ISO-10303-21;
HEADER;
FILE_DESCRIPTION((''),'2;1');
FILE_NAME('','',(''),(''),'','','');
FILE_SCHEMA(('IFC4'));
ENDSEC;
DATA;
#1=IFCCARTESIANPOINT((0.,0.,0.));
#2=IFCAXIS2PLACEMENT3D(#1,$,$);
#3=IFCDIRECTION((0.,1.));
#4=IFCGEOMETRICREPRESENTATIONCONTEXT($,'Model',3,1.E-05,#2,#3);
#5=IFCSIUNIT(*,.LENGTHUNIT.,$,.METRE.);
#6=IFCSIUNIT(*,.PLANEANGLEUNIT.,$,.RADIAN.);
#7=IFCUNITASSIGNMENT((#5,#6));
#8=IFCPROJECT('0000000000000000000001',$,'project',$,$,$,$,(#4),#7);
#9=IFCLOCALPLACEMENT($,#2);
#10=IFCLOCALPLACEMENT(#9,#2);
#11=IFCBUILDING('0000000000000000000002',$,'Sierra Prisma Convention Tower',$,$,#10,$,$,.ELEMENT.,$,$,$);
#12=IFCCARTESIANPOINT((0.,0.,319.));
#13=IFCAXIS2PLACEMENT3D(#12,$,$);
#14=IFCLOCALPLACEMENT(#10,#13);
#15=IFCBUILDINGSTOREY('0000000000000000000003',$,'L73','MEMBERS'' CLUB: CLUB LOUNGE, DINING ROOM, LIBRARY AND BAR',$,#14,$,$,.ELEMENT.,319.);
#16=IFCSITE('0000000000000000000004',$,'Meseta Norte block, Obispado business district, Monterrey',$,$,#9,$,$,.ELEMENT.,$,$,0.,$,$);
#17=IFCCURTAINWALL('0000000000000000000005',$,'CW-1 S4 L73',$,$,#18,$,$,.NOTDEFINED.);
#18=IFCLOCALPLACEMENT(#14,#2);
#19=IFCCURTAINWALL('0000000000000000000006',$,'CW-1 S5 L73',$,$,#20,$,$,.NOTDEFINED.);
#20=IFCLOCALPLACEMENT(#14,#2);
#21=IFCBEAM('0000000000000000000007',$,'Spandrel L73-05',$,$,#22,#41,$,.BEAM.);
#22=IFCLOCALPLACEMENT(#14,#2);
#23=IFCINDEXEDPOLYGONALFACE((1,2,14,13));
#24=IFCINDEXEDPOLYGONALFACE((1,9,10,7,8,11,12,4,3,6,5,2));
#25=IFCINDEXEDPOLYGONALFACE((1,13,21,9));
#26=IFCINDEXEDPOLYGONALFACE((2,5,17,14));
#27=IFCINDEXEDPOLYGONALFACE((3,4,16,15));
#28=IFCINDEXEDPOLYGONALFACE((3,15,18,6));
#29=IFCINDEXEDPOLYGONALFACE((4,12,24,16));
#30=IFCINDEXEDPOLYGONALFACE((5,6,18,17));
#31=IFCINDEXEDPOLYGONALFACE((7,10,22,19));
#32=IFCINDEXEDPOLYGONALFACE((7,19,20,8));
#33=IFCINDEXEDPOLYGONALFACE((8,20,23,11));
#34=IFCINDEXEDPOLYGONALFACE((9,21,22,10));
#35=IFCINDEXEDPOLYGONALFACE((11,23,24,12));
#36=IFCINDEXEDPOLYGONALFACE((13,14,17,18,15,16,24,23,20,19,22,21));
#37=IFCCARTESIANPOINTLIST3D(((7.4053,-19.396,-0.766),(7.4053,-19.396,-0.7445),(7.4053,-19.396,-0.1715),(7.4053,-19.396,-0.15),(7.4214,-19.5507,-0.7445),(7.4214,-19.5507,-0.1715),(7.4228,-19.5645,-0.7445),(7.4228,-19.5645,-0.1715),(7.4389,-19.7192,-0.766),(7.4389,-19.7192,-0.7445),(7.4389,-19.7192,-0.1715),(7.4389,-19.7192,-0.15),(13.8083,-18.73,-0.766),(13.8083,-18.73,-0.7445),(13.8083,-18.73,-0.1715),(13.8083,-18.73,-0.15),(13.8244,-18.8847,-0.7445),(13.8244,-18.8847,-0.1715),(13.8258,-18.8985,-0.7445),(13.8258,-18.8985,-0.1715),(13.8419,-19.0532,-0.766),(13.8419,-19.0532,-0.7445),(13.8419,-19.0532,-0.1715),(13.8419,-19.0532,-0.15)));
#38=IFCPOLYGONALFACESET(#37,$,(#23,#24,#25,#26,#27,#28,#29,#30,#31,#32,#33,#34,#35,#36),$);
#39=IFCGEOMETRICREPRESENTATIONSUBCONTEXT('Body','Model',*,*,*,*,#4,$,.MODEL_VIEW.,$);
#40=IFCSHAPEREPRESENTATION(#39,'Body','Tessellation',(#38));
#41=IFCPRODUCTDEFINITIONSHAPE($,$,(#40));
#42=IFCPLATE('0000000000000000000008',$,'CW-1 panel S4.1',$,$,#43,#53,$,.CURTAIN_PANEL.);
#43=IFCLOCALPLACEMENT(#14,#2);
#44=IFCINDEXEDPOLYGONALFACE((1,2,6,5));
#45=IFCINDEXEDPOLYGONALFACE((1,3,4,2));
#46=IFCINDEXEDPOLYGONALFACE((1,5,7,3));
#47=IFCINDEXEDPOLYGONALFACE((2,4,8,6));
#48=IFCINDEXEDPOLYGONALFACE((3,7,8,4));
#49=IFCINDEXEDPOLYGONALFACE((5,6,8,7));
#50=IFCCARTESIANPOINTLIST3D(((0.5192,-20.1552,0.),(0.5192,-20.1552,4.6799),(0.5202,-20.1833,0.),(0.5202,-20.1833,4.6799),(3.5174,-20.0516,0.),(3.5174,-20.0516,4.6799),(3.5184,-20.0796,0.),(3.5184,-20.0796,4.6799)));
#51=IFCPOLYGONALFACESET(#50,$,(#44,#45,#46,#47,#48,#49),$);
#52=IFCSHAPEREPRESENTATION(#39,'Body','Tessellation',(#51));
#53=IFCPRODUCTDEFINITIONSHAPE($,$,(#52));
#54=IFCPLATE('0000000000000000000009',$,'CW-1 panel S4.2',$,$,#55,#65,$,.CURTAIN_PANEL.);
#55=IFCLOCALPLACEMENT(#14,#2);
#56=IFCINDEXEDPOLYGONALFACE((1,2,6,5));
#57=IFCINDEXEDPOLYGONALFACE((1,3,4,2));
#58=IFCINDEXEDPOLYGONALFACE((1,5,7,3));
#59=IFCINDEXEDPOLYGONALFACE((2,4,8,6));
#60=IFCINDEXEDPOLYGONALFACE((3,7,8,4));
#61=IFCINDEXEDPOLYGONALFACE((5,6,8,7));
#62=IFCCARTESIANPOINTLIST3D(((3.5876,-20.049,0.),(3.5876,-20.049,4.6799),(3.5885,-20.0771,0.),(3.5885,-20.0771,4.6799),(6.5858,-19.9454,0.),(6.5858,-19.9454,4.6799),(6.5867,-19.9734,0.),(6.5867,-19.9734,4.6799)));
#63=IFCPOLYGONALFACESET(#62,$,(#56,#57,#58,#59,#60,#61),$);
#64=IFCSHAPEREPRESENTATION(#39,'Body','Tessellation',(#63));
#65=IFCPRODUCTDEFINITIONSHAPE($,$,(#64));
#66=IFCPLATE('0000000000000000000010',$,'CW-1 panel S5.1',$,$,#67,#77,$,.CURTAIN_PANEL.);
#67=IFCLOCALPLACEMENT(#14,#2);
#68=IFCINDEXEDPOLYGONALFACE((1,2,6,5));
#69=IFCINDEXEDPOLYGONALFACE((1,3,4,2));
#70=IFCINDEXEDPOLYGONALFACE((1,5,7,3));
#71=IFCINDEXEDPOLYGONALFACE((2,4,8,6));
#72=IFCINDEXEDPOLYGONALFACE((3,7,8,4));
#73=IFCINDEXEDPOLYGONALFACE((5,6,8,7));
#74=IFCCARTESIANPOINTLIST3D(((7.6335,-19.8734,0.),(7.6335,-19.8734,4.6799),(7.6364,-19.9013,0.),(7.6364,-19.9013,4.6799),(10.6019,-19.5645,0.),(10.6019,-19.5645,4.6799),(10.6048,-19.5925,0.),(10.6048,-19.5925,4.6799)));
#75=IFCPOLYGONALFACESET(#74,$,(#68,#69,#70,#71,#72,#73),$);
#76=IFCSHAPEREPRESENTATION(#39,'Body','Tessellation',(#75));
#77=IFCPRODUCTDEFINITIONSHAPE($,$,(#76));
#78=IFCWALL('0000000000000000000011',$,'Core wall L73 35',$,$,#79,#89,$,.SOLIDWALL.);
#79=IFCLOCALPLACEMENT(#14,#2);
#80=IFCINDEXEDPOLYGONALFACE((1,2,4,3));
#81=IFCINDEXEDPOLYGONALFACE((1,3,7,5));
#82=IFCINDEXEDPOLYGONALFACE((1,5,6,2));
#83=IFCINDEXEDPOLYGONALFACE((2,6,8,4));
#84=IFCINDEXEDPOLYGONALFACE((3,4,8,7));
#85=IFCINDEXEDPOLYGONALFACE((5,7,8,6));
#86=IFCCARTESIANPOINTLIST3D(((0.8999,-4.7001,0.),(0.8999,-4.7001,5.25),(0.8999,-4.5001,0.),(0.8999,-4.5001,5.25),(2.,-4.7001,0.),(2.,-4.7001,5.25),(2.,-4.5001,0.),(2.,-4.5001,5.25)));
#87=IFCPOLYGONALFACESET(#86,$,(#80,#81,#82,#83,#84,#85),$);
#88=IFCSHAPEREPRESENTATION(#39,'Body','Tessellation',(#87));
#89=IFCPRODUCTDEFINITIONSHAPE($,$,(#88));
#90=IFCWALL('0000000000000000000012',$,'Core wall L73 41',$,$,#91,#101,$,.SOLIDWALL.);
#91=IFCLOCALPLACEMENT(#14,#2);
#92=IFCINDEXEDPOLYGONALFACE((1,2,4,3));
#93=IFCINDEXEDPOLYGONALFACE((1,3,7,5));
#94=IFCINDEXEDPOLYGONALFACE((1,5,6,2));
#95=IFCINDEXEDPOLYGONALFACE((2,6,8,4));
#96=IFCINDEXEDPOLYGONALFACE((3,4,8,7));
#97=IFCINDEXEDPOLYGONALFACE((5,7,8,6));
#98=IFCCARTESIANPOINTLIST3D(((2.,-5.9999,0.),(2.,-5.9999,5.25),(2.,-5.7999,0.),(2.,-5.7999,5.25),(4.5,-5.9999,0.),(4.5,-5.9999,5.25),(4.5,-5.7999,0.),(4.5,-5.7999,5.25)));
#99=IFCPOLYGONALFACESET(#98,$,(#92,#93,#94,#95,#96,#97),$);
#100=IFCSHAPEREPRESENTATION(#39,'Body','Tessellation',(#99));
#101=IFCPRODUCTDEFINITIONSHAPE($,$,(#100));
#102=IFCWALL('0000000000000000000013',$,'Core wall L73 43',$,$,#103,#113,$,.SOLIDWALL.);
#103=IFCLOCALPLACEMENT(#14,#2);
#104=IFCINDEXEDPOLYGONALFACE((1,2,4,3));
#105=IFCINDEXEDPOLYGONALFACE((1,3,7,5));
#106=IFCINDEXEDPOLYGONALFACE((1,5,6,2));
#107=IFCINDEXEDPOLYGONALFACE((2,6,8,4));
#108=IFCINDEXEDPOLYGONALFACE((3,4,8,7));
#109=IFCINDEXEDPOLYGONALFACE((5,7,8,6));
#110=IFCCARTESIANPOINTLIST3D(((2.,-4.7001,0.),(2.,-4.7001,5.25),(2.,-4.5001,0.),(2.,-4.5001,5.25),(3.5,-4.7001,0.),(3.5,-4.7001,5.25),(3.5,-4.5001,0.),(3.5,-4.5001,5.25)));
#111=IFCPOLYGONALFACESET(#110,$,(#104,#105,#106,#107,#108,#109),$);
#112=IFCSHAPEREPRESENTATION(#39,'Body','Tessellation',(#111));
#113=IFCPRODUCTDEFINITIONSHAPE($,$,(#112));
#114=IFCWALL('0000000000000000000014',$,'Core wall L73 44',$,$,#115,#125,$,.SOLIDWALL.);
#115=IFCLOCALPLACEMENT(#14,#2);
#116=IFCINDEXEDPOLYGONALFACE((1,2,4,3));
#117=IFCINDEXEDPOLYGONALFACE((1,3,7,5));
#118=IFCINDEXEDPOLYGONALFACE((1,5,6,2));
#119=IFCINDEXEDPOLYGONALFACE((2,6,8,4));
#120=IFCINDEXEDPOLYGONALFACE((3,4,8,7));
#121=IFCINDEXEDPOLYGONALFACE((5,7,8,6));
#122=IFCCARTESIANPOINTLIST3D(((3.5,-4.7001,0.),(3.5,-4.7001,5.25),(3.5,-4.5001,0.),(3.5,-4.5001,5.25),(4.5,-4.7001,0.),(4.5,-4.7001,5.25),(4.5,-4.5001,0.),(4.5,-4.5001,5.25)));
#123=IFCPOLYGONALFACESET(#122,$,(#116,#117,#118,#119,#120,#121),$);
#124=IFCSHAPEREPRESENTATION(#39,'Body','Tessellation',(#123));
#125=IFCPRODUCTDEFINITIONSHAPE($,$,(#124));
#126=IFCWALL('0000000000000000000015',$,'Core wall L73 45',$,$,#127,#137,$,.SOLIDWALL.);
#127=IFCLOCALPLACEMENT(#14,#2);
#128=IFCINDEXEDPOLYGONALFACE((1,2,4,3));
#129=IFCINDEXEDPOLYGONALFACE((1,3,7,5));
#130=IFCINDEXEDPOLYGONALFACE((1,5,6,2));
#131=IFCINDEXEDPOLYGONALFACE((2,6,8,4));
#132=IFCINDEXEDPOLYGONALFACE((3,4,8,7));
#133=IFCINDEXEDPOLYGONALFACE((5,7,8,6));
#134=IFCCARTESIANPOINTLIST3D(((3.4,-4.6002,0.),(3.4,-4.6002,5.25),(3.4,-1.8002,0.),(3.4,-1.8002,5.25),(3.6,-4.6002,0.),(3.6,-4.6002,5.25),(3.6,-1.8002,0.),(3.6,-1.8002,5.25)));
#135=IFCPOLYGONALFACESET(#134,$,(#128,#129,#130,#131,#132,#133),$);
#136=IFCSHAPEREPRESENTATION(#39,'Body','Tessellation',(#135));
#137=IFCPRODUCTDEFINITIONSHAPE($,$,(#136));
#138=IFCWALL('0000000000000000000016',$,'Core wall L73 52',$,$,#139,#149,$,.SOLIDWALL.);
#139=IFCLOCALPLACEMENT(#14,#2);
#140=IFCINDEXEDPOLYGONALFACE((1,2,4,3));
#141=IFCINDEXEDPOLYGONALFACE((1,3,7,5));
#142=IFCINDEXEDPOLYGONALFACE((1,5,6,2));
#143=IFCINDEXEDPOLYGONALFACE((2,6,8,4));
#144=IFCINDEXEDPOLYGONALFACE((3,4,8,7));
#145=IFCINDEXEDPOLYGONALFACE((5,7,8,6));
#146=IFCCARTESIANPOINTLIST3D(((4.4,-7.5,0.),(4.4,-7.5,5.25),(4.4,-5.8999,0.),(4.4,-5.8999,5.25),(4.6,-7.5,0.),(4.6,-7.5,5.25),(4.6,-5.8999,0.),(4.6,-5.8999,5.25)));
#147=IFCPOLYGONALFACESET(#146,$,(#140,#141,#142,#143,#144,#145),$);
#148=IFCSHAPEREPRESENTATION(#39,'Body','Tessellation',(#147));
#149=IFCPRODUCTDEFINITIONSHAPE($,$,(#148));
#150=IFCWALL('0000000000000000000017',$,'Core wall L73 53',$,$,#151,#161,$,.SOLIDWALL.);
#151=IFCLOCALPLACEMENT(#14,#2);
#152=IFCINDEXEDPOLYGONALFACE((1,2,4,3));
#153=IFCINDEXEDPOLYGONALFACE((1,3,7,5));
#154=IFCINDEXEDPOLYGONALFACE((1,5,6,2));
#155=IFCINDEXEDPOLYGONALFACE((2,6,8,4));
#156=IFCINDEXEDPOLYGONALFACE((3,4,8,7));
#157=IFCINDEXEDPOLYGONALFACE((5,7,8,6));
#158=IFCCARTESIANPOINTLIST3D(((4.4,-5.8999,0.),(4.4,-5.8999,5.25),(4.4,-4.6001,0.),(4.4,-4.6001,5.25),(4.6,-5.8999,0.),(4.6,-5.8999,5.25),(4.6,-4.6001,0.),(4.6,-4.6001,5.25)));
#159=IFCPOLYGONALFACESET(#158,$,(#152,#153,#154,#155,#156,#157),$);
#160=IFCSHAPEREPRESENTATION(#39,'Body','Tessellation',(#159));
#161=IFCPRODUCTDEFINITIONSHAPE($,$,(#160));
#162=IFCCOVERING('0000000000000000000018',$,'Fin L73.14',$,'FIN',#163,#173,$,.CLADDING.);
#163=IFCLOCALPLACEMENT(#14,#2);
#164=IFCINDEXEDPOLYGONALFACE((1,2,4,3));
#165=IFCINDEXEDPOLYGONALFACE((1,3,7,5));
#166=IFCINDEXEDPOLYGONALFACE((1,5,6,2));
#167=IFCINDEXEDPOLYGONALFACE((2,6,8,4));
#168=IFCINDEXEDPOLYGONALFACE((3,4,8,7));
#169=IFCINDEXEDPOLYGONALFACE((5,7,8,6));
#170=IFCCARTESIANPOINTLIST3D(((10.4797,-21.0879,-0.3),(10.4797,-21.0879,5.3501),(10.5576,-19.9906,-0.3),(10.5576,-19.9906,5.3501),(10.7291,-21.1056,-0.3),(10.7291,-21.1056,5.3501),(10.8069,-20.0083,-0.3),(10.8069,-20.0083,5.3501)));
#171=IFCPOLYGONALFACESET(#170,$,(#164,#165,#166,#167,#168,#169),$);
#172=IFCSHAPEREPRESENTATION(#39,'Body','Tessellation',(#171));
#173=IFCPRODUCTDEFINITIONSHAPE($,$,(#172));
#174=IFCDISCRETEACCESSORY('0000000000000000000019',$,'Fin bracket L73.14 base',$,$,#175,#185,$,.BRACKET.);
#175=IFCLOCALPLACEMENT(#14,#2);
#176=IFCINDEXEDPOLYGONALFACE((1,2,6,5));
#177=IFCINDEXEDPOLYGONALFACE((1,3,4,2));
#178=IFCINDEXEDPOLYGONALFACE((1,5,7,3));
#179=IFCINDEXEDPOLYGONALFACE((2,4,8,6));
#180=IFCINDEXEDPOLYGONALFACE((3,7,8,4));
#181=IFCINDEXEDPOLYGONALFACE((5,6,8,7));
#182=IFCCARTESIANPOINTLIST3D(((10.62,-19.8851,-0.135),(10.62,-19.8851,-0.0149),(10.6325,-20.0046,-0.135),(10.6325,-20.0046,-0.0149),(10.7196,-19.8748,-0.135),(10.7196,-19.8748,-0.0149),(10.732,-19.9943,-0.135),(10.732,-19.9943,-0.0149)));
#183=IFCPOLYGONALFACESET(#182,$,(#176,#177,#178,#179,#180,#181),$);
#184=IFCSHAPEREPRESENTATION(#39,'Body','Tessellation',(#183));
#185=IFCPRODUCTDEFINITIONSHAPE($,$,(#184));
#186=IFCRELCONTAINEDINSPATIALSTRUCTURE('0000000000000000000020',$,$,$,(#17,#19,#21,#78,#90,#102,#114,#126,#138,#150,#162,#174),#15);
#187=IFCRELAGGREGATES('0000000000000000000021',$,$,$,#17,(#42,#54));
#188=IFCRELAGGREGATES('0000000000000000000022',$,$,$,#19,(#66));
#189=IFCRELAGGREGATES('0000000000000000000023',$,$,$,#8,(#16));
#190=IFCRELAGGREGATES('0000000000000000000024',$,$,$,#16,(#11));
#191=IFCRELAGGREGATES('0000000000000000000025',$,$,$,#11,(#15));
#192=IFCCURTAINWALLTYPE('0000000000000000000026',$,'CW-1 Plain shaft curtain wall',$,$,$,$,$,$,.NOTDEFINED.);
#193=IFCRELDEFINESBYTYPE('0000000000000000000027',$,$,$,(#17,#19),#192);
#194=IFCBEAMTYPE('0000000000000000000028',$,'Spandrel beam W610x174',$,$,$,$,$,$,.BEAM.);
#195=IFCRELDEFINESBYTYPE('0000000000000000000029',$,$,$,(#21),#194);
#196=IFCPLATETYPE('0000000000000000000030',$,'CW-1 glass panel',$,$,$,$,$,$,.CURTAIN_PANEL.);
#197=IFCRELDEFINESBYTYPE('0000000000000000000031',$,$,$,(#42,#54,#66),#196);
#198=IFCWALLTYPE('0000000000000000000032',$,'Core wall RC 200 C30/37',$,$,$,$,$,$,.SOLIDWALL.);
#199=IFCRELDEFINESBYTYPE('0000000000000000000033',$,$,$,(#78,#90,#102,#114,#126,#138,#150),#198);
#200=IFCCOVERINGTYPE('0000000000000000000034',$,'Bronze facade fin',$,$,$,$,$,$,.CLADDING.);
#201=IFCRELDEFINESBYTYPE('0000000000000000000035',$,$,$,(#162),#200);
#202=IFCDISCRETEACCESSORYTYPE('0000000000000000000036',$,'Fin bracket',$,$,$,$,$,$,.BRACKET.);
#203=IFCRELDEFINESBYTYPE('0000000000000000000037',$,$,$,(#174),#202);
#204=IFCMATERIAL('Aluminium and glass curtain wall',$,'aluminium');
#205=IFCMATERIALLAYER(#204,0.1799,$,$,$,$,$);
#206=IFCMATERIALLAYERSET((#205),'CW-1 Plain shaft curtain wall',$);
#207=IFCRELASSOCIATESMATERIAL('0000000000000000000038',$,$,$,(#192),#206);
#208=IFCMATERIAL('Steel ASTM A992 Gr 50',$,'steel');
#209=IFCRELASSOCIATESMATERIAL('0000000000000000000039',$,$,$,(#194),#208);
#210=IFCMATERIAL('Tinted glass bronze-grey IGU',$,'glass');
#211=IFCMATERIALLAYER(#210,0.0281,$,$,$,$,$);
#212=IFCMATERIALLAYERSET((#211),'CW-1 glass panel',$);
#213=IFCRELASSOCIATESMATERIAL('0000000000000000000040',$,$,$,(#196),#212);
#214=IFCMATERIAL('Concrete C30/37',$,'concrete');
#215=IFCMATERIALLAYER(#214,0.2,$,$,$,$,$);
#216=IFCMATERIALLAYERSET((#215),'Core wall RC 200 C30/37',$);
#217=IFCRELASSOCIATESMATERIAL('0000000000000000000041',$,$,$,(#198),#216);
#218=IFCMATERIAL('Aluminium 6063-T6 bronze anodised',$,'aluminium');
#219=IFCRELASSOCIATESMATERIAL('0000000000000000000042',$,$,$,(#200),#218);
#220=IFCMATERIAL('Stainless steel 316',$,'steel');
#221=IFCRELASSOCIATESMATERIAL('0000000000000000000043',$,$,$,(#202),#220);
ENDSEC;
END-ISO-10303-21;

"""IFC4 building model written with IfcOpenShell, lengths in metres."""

from ifc_helpers import new_model, si_unit, direction, frame, frame_2d, origin, origin_2d, place, context, subcontext, project, spatial, rectangle, i_section, extrude, material, layer, layer_set, material_profile, profile_set, type_object, element, aggregate, save


model = new_model("IFC4")

# Units and contexts
model_context = context("Model", 3, precision=1e-05, world=origin(), true_north=direction((0.0, 1.0)))
body_context = subcontext(model_context, "Body", "Model", "MODEL_VIEW")
ifc_project = project(units=[si_unit("LENGTHUNIT", "METRE"), si_unit("PLANEANGLEUNIT", "RADIAN")], contexts=[model_context])

# Site, building, storey
site_placement = place(None, origin())
site = spatial("IfcSite", under=ifc_project, at=site_placement, Name="Meseta Norte block, Obispado business district, Monterrey", CompositionType="ELEMENT", RefElevation=0.0)
building_placement = place(site_placement, origin())
building = spatial("IfcBuilding", under=site, at=building_placement, Name="Sierra Prisma Convention Tower", CompositionType="ELEMENT")
storey_placement = place(building_placement, frame((0.0, 0.0, 319.0)))
storey = spatial("IfcBuildingStorey", under=building, at=storey_placement, Name="L73", Description="MEMBERS' CLUB: CLUB LOUNGE, DINING ROOM, LIBRARY AND BAR", CompositionType="ELEMENT", Elevation=319.0)

# Curtain wall
ifc_material_1 = material(Name="Aluminium and glass curtain wall", Category="aluminium")
ifc_layer_1 = layer(ifc_material_1, 0.1799)
ifc_layer_set_1 = layer_set([ifc_layer_1], Name="CW-1 Plain shaft curtain wall")
curtain_wall_type = type_object("IfcCurtainWallType", Name="CW-1 Plain shaft curtain wall", PredefinedType="NOTDEFINED", material=ifc_layer_set_1)
curtain_wall_1_placement = place(storey_placement, origin())
curtain_wall_1 = element("IfcCurtainWall", 1, at=curtain_wall_1_placement, inside=storey, type_object=curtain_wall_type, Name="CW-1 S4 L73", PredefinedType="NOTDEFINED")

# Curtain wall
curtain_wall_2_placement = place(storey_placement, origin())
curtain_wall_2 = element("IfcCurtainWall", 2, at=curtain_wall_2_placement, inside=storey, type_object=curtain_wall_type, Name="CW-1 S5 L73", PredefinedType="NOTDEFINED")

# Beam
ifc_material_2 = material(Name="Steel ASTM A992 Gr 50", Category="steel")
ifc_material_profile_1 = material_profile(ifc_material_2, i_section(OverallWidth=0.325, OverallDepth=0.616, WebThickness=0.0139, FlangeThickness=0.0215, at=origin_2d()), Name="W610x174")
ifc_profile_set_1 = profile_set([ifc_material_profile_1], Name="Steel ASTM A992 Gr 50")
beam_type_1 = type_object("IfcBeamType", Name="Spandrel beam W610x174", PredefinedType="BEAM", material=ifc_profile_set_1)
for number, where, z_axis, x_axis, name in (
    (3, (7.4221, -19.5576, -0.458), (0.994634, 0.103461, 0.0), (-0.103461, 0.994634, 0.0), "Spandrel L73-05"),
):
    element("IfcBeam", number, at=place(storey_placement, frame(where, z_axis=z_axis, x_axis=x_axis)), inside=storey, type_object=beam_type_1, Name=name, PredefinedType="BEAM", context=body_context, shape_type="SweptSolid", body=[
        extrude(i_section(OverallWidth=0.325, OverallDepth=0.616, WebThickness=0.0139, FlangeThickness=0.0215, at=origin_2d()), origin(), (0.0, 0.0, 1.0), 6.4375),
    ])

# Plates
ifc_material_3 = material(Name="Tinted glass bronze-grey IGU", Category="glass")
ifc_layer_2 = layer(ifc_material_3, 0.0281)
ifc_layer_set_2 = layer_set([ifc_layer_2], Name="CW-1 glass panel")
plate_type = type_object("IfcPlateType", Name="CW-1 glass panel", PredefinedType="CURTAIN_PANEL", material=ifc_layer_set_2)
plate_1_placement = place(storey_placement, frame((2.0188, -20.1174, 0.0), z_axis=(0.0, 0.0, 1.0), x_axis=(0.999403, 0.034551, 0.0)))
plate_1 = element("IfcPlate", 4, at=plate_1_placement, type_object=plate_type, Name="CW-1 panel S4.1", PredefinedType="CURTAIN_PANEL", context=body_context, shape_type="SweptSolid", body=[
    extrude(rectangle(XDim=3.0, YDim=0.0281, at=origin_2d()), origin(), (0.0, 0.0, 1.0), 4.6799),
])
plate_2_placement = place(storey_placement, frame((5.0872, -20.0112, 0.0), z_axis=(0.0, 0.0, 1.0), x_axis=(0.999403, 0.034551, 0.0)))
plate_2 = element("IfcPlate", 5, at=plate_2_placement, type_object=plate_type, Name="CW-1 panel S4.2", PredefinedType="CURTAIN_PANEL", context=body_context, shape_type="SweptSolid", body=[
    extrude(rectangle(XDim=3.0, YDim=0.0281, at=origin_2d()), origin(), (0.0, 0.0, 1.0), 4.6799),
])
aggregate(curtain_wall_1, [plate_1, plate_2])
plate_3_placement = place(storey_placement, frame((9.1191, -19.7329, 0.0), z_axis=(0.0, 0.0, 1.0), x_axis=(0.994631, 0.103487, 0.0)))
plate_3 = element("IfcPlate", 6, at=plate_3_placement, type_object=plate_type, Name="CW-1 panel S5.1", PredefinedType="CURTAIN_PANEL", context=body_context, shape_type="SweptSolid", body=[
    extrude(rectangle(XDim=2.9844, YDim=0.0281, at=origin_2d()), origin(), (0.0, 0.0, 1.0), 4.6799),
])
aggregate(curtain_wall_2, [plate_3])

# Wall
ifc_material_4 = material(Name="Concrete C30/37", Category="concrete")
ifc_layer_3 = layer(ifc_material_4, 0.2)
ifc_layer_set_3 = layer_set([ifc_layer_3], Name="Core wall RC 200 C30/37")
wall_type = type_object("IfcWallType", Name="Core wall RC 200 C30/37", PredefinedType="SOLIDWALL", material=ifc_layer_set_3)
wall_1_placement = place(storey_placement, frame((0.8999, -4.6001, 0.0), z_axis=(0.0, 0.0, 1.0), x_axis=(1.0, 0.0, 0.0)))
element("IfcWall", 7, at=wall_1_placement, inside=storey, type_object=wall_type, Name="Core wall L73 35", PredefinedType="SOLIDWALL", context=body_context, shape_type="SweptSolid", body=[
    extrude(rectangle(XDim=1.1001, YDim=0.2, at=frame_2d((0.55, 0.0))), origin(), (0.0, 0.0, 1.0), 5.25),
])

# Wall
wall_2_placement = place(storey_placement, frame((4.5, -5.8999, 0.0), z_axis=(0.0, 0.0, 1.0), x_axis=(-1.0, 0.0, 0.0)))
element("IfcWall", 8, at=wall_2_placement, inside=storey, type_object=wall_type, Name="Core wall L73 41", PredefinedType="SOLIDWALL", context=body_context, shape_type="SweptSolid", body=[
    extrude(rectangle(XDim=2.5, YDim=0.2, at=frame_2d((1.25, 0.0))), origin(), (0.0, 0.0, 1.0), 5.25),
])

# Walls
wall_3_placement = place(storey_placement, frame((3.5, -4.6001, 0.0), z_axis=(0.0, 0.0, 1.0), x_axis=(-1.0, 0.0, 0.0)))
element("IfcWall", 9, at=wall_3_placement, inside=storey, type_object=wall_type, Name="Core wall L73 43", PredefinedType="SOLIDWALL", context=body_context, shape_type="SweptSolid", body=[
    extrude(rectangle(XDim=1.5, YDim=0.2, at=frame_2d((0.75, 0.0))), origin(), (0.0, 0.0, 1.0), 5.25),
])
wall_4_placement = place(storey_placement, frame((4.5, -4.6001, 0.0), z_axis=(0.0, 0.0, 1.0), x_axis=(-1.0, 0.0, 0.0)))
element("IfcWall", 10, at=wall_4_placement, inside=storey, type_object=wall_type, Name="Core wall L73 44", PredefinedType="SOLIDWALL", context=body_context, shape_type="SweptSolid", body=[
    extrude(rectangle(XDim=1.0, YDim=0.2, at=frame_2d((0.5, 0.0))), origin(), (0.0, 0.0, 1.0), 5.25),
])
wall_5_placement = place(storey_placement, frame((3.5, -4.6001, 0.0), z_axis=(0.0, 0.0, 1.0), x_axis=(0.0, 1.0, 0.0)))
element("IfcWall", 11, at=wall_5_placement, inside=storey, type_object=wall_type, Name="Core wall L73 45", PredefinedType="SOLIDWALL", context=body_context, shape_type="SweptSolid", body=[
    extrude(rectangle(XDim=2.8, YDim=0.2, at=frame_2d((1.3999, 0.0))), origin(), (0.0, 0.0, 1.0), 5.25),
])
wall_6_placement = place(storey_placement, frame((4.5, -5.8999, 0.0), z_axis=(0.0, 0.0, 1.0), x_axis=(0.0, -1.0, 0.0)))
element("IfcWall", 12, at=wall_6_placement, inside=storey, type_object=wall_type, Name="Core wall L73 52", PredefinedType="SOLIDWALL", context=body_context, shape_type="SweptSolid", body=[
    extrude(rectangle(XDim=1.6001, YDim=0.2, at=frame_2d((0.8, 0.0))), origin(), (0.0, 0.0, 1.0), 5.25),
])
wall_7_placement = place(storey_placement, frame((4.5, -4.6001, 0.0), z_axis=(0.0, 0.0, 1.0), x_axis=(0.0, -1.0, 0.0)))
element("IfcWall", 13, at=wall_7_placement, inside=storey, type_object=wall_type, Name="Core wall L73 53", PredefinedType="SOLIDWALL", context=body_context, shape_type="SweptSolid", body=[
    extrude(rectangle(XDim=1.2998, YDim=0.2, at=frame_2d((0.6499, 0.0))), origin(), (0.0, 0.0, 1.0), 5.25),
])

# Covering
ifc_material_5 = material(Name="Aluminium 6063-T6 bronze anodised", Category="aluminium")
ifc_material_profile_2 = material_profile(ifc_material_5, rectangle(XDim=1.1001, YDim=0.25, at=origin_2d()), Name="ALU FIN 1100x250")
ifc_profile_set_2 = profile_set([ifc_material_profile_2], Name="Aluminium 6063-T6 bronze anodised")
covering_type = type_object("IfcCoveringType", Name="Bronze facade fin", PredefinedType="CLADDING", material=ifc_profile_set_2)
covering_placement = place(storey_placement, frame((10.6433, -20.5481, -0.3), z_axis=(0.0, 0.0, 1.0), x_axis=(-0.070801, -0.99749, 0.0)))
element("IfcCovering", 14, at=covering_placement, inside=storey, type_object=covering_type, Name="Fin L73.14", ObjectType="FIN", PredefinedType="CLADDING", context=body_context, shape_type="SweptSolid", body=[
    extrude(rectangle(XDim=1.1001, YDim=0.25, at=origin_2d()), origin(), (0.0, 0.0, 1.0), 5.6501),
])

# Discrete accessory
ifc_material_6 = material(Name="Stainless steel 316", Category="steel")
discrete_accessory_type = type_object("IfcDiscreteAccessoryType", Name="Fin bracket", PredefinedType="BRACKET", material=ifc_material_6)
discrete_accessory_placement = place(storey_placement, frame((10.676, -19.9397, -0.135), z_axis=(0.0, 0.0, 1.0), x_axis=(0.103487, -0.994631, 0.0)))
element("IfcDiscreteAccessory", 15, at=discrete_accessory_placement, inside=storey, type_object=discrete_accessory_type, Name="Fin bracket L73.14 base", PredefinedType="BRACKET", context=body_context, shape_type="SweptSolid", body=[
    extrude(rectangle(XDim=0.1201, YDim=0.1001, at=origin_2d()), origin(), (0.0, 0.0, 1.0), 0.1201),
])

save(model, "model.ifc")
